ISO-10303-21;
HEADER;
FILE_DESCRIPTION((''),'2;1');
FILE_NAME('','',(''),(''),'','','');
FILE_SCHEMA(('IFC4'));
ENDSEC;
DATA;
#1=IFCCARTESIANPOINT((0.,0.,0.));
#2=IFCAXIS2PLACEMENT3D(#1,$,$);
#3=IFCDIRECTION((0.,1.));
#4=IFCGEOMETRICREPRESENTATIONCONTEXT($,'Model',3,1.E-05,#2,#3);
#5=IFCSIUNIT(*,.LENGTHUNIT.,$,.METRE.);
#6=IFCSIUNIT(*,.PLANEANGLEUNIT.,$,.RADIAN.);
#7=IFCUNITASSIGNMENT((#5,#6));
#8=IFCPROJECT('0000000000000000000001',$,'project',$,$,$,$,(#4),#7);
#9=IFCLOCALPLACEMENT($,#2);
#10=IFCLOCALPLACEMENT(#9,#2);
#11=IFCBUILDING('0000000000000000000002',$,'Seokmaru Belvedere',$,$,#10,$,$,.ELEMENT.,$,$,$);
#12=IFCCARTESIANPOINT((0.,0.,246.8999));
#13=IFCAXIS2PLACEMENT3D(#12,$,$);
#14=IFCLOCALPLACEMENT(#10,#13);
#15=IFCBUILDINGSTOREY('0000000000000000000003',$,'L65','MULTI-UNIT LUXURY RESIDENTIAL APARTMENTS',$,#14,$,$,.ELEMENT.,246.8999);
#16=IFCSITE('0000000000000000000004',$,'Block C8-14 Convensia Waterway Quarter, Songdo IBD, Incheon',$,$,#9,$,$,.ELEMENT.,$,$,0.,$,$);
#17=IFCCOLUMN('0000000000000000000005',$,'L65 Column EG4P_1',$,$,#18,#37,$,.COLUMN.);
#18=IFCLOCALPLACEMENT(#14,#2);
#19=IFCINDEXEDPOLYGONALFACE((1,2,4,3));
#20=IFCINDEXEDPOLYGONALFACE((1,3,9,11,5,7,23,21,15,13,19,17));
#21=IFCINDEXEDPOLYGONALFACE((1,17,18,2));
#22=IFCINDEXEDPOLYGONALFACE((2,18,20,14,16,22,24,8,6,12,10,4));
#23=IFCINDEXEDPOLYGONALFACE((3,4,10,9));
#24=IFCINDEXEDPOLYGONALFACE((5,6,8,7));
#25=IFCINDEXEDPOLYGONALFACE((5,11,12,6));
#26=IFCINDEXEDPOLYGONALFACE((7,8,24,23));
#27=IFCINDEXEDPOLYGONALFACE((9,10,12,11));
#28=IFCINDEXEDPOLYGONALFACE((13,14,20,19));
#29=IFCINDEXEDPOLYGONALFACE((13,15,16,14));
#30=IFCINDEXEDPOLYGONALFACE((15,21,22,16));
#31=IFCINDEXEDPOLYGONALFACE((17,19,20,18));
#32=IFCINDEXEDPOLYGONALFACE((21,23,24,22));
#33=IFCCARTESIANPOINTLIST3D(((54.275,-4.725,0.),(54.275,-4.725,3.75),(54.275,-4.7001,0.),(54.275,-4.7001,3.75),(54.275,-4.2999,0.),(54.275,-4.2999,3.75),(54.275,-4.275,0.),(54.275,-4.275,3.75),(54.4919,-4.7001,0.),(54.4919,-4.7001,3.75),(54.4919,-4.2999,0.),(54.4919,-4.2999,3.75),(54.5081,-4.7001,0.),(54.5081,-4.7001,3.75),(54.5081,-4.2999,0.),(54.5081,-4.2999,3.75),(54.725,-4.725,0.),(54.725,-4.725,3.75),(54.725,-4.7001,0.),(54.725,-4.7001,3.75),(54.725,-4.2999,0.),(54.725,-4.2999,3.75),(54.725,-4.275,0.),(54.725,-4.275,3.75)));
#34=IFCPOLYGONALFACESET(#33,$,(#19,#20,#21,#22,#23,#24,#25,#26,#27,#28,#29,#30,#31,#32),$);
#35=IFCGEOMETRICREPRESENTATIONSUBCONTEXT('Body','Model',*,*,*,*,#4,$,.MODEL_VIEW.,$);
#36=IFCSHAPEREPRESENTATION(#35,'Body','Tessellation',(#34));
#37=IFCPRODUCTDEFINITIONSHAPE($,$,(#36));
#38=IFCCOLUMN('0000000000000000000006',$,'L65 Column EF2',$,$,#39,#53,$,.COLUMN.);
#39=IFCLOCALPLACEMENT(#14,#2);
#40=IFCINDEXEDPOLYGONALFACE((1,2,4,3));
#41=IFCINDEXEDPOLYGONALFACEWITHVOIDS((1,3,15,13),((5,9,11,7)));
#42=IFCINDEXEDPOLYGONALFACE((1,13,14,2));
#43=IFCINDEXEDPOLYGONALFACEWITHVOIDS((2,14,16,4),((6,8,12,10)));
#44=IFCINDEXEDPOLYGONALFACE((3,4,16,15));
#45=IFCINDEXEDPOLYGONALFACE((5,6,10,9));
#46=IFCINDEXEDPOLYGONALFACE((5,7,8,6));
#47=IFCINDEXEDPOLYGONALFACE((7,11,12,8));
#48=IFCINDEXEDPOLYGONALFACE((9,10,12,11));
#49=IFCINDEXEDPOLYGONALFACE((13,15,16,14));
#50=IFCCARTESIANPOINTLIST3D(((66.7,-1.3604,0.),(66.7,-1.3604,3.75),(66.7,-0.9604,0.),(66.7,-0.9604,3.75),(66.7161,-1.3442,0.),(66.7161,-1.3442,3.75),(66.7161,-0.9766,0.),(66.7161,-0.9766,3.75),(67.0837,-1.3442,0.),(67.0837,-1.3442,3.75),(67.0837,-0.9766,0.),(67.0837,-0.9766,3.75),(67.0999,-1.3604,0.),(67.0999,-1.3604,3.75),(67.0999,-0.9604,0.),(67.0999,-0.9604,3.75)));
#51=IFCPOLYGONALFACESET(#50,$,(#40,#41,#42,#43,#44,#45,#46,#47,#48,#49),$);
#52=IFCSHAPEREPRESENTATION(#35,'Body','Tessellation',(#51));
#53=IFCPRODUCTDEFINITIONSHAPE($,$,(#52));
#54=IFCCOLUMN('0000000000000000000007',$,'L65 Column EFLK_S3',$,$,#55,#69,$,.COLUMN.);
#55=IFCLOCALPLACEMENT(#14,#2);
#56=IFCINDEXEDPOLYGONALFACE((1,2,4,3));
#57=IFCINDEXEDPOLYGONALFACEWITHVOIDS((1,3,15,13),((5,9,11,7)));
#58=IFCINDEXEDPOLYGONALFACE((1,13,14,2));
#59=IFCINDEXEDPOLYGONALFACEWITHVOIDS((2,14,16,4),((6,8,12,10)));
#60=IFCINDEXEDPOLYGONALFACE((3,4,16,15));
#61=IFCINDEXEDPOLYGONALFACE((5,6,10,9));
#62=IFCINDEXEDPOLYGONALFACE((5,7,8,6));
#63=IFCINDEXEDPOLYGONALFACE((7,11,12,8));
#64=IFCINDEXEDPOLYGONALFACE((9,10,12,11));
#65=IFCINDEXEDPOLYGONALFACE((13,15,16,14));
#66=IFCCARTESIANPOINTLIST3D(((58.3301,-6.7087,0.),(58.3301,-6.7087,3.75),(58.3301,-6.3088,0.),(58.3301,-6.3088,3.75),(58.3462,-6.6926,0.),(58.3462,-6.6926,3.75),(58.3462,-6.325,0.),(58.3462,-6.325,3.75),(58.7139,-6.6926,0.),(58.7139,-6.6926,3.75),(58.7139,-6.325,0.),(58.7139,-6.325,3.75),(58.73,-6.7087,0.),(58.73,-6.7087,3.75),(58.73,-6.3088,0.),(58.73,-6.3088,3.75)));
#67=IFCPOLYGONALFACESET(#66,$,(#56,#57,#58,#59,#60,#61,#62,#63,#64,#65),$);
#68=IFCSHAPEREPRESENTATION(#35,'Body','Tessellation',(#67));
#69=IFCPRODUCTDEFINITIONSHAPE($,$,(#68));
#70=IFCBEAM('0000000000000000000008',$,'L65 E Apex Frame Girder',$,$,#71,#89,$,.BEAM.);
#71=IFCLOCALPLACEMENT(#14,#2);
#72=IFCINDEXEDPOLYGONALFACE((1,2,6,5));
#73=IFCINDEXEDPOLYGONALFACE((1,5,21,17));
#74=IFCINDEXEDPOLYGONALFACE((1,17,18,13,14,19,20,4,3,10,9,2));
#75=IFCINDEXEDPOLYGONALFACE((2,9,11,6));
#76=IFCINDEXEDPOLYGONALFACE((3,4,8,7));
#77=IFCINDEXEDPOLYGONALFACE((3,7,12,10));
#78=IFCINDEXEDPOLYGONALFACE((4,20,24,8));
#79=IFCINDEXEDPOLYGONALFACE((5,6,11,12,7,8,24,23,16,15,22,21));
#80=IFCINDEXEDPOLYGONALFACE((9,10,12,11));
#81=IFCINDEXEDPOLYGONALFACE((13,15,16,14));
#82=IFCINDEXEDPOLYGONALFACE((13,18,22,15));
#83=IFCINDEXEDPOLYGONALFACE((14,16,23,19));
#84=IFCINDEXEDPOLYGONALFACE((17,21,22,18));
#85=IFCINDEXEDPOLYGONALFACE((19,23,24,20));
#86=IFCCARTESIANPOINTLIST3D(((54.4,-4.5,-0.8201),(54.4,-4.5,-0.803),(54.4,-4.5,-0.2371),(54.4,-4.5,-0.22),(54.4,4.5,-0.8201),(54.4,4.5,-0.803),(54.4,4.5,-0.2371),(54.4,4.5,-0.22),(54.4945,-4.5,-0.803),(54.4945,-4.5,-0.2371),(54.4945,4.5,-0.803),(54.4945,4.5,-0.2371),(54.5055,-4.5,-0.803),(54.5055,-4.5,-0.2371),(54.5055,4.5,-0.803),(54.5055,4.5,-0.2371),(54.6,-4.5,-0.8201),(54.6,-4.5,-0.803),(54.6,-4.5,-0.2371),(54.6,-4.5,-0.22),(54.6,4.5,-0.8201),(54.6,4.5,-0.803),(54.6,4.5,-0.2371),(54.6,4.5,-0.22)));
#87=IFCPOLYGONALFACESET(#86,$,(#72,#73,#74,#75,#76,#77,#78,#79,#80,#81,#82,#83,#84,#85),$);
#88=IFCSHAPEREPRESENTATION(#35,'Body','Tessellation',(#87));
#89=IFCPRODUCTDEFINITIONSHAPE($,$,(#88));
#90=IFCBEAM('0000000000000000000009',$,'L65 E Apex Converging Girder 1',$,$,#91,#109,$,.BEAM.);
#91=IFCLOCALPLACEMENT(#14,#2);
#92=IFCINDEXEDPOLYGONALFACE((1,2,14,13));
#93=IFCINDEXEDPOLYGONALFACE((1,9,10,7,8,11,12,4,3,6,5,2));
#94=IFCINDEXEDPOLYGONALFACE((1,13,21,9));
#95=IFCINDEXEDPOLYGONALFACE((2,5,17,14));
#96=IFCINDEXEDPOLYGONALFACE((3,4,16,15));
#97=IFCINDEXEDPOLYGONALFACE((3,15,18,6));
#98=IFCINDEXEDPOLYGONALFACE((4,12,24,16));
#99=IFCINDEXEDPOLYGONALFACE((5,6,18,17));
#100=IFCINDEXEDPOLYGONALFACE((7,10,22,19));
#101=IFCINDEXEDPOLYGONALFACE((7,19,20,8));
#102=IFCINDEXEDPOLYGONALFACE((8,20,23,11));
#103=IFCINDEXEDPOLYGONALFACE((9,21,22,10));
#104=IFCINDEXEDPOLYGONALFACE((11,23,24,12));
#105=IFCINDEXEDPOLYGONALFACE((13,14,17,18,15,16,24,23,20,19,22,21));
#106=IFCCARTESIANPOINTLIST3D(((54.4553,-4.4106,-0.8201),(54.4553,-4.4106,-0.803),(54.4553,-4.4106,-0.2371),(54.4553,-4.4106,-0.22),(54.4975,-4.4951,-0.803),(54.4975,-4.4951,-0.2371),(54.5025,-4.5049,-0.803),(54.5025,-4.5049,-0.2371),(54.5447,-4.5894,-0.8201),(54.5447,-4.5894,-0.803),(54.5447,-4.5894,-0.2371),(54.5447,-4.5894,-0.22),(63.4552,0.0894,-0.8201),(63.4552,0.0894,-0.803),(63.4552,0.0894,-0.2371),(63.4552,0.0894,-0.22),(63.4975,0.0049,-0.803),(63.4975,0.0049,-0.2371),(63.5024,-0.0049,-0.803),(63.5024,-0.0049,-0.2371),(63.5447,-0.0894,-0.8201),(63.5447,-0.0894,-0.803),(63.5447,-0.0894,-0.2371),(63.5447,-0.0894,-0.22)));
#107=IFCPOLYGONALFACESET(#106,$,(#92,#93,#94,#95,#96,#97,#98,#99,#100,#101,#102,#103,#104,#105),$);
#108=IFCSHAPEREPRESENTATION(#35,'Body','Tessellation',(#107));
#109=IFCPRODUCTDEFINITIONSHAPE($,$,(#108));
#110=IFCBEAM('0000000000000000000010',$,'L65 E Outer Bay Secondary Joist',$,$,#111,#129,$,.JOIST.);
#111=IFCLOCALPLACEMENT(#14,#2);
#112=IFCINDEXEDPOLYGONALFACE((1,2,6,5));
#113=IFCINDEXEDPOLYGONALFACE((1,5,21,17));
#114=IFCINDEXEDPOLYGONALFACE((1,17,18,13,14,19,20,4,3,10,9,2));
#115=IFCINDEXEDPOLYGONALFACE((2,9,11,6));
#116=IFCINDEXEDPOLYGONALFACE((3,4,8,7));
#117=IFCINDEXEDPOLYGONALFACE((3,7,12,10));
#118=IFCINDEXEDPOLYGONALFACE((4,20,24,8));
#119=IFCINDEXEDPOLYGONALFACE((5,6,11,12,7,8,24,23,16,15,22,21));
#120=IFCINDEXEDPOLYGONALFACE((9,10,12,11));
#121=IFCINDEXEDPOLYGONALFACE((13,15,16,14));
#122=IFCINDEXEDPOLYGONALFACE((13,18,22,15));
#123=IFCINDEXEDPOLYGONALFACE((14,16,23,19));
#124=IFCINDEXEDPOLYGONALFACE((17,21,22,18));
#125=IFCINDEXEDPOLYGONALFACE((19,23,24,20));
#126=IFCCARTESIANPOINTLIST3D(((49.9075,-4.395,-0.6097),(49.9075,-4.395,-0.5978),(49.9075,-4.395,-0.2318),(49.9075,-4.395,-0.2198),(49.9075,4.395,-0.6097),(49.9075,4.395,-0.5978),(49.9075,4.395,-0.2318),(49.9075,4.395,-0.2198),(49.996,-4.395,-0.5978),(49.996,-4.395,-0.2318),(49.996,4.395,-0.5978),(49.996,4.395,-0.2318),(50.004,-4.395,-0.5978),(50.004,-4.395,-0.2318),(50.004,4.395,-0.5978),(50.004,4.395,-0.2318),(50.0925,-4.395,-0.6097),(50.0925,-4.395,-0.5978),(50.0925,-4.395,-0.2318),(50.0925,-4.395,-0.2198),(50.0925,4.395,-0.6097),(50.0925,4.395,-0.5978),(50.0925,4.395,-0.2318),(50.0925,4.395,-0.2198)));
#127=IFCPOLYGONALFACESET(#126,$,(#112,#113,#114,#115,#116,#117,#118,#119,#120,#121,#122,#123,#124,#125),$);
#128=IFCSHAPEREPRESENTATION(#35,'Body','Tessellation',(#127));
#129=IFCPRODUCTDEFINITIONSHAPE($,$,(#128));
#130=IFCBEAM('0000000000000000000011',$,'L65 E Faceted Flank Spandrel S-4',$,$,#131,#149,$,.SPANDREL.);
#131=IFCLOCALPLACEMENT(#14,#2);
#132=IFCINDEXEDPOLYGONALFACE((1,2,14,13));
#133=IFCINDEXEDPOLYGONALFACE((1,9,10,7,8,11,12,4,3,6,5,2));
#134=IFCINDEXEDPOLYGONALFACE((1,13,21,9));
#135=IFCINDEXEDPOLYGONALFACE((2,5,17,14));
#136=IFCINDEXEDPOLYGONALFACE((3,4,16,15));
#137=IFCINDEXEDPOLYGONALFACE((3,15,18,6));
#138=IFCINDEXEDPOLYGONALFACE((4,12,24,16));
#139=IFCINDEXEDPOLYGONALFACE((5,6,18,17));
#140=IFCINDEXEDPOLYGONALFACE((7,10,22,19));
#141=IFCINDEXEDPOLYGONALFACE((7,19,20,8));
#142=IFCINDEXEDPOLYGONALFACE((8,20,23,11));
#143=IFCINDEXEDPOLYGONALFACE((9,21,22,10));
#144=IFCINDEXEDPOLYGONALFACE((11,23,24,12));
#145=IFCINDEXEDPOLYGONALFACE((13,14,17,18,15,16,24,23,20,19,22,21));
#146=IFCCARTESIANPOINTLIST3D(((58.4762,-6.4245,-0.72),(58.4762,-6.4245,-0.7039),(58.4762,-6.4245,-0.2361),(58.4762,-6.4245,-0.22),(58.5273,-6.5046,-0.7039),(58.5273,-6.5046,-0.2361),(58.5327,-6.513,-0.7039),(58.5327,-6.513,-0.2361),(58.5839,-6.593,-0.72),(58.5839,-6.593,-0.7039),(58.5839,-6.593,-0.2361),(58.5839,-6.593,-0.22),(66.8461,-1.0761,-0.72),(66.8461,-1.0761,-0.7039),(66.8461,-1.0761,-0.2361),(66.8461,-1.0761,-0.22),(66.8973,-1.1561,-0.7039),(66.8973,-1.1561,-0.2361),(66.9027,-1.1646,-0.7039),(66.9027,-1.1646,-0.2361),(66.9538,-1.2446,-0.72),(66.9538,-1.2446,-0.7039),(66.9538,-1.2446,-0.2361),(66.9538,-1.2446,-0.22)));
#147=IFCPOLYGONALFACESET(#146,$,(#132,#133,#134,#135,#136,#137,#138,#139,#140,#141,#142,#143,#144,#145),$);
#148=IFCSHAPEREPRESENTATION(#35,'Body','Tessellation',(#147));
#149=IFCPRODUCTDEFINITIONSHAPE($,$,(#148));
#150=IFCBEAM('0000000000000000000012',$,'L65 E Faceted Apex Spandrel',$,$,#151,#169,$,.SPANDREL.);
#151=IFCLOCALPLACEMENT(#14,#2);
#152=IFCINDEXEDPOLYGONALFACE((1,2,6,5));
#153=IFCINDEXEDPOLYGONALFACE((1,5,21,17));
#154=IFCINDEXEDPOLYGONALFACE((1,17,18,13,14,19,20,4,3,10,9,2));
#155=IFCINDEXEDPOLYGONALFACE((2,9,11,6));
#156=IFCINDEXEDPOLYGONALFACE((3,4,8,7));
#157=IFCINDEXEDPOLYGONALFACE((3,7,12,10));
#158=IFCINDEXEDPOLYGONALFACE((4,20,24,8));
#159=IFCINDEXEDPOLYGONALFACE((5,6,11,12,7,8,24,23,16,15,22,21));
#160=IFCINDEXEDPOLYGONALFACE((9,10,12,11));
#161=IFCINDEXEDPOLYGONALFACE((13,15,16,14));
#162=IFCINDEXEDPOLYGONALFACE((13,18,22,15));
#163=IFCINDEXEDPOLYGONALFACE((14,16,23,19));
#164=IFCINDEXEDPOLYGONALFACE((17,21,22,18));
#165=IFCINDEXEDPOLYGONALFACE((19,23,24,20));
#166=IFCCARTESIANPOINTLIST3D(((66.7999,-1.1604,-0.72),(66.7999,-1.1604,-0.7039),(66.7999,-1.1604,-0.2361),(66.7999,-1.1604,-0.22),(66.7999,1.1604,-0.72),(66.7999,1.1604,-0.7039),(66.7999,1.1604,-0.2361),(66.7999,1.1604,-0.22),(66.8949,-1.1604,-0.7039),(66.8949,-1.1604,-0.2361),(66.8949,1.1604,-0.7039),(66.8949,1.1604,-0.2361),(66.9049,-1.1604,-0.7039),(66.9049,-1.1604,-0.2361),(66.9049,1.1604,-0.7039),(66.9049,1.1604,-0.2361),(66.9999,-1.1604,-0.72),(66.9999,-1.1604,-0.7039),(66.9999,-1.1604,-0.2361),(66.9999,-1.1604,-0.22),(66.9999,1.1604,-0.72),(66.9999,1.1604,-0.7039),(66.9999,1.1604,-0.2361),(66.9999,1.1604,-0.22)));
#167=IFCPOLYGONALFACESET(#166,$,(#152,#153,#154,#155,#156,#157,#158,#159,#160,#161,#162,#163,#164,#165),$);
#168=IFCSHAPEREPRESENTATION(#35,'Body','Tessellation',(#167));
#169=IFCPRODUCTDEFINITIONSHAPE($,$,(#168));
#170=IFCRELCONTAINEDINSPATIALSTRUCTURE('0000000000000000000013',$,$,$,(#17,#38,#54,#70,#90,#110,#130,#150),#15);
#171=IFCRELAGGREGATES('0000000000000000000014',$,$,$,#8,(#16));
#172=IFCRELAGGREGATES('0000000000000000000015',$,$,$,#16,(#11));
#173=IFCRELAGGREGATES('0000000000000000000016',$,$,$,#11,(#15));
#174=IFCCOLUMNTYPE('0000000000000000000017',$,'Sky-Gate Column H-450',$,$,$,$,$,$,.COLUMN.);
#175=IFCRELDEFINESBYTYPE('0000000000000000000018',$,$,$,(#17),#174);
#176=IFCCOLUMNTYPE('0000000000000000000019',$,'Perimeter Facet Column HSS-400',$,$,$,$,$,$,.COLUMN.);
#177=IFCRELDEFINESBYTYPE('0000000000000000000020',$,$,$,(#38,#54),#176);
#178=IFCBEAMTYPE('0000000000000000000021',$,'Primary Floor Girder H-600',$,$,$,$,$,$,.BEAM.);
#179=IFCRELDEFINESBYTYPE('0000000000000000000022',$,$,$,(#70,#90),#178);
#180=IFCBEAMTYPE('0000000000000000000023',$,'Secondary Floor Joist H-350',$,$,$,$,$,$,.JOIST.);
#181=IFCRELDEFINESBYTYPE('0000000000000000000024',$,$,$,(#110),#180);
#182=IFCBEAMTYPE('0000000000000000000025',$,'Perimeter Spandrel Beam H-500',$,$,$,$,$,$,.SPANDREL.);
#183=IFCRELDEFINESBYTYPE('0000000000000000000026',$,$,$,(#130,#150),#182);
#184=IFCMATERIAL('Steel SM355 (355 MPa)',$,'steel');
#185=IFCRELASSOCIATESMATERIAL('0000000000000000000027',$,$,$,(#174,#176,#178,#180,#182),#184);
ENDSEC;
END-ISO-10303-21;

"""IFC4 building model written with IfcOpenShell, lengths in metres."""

from ifc_helpers import new_model, si_unit, direction, frame, origin, origin_2d, place, context, subcontext, project, spatial, hollow_rectangle, i_section, extrude, source, transform, mapped, material, material_profile, profile_set, type_object, type_shapes, element, save


model = new_model("IFC4")

# Units and contexts
model_context = context("Model", 3, precision=1e-05, world=origin(), true_north=direction((0.0, 1.0)))
body_context = subcontext(model_context, "Body", "Model", "MODEL_VIEW")
ifc_project = project(units=[si_unit("LENGTHUNIT", "METRE"), si_unit("PLANEANGLEUNIT", "RADIAN")], contexts=[model_context])

# Site, building, storey
site_placement = place(None, origin())
site = spatial("IfcSite", under=ifc_project, at=site_placement, Name="Block C8-14 Convensia Waterway Quarter, Songdo IBD, Incheon", CompositionType="ELEMENT", RefElevation=0.0)
building_placement = place(site_placement, origin())
building = spatial("IfcBuilding", under=site, at=building_placement, Name="Seokmaru Belvedere", CompositionType="ELEMENT")
storey_placement = place(building_placement, frame((0.0, 0.0, 246.8999)))
storey = spatial("IfcBuildingStorey", under=building, at=storey_placement, Name="L65", Description="MULTI-UNIT LUXURY RESIDENTIAL APARTMENTS", CompositionType="ELEMENT", Elevation=246.8999)

# Columns
ifc_material_1 = material(Name="Steel SM355 (355 MPa)", Category="steel")
ifc_material_profile_1 = material_profile(ifc_material_1, i_section(OverallWidth=0.45, OverallDepth=0.45, WebThickness=0.0161, FlangeThickness=0.0249, at=origin_2d()), Name="H-450x450x16x25")
ifc_profile_set_1 = profile_set([ifc_material_profile_1], Name="Steel SM355 (355 MPa)")
column_type_1 = type_object("IfcColumnType", Name="Sky-Gate Column H-450", PredefinedType="COLUMN", material=ifc_profile_set_1)
shared_shape_1 = source(origin(), body_context, "Body", "SweptSolid", [
    extrude(i_section(OverallWidth=0.45, OverallDepth=0.45, WebThickness=0.0161, FlangeThickness=0.0249, at=origin_2d()), origin(), (0.0, 0.0, 1.0), 3.75),
])
type_shapes(column_type_1, [shared_shape_1])
column_placement = place(storey_placement, frame((54.5, -4.5, 0.0), z_axis=(0.0, 0.0, 1.0), x_axis=(1.0, 0.0, 0.0)))
element("IfcColumn", 1, at=column_placement, inside=storey, type_object=column_type_1, Name="L65 Column EG4P_1", PredefinedType="COLUMN", context=body_context, shape_type="MappedRepresentation", body=[
    mapped(shared_shape_1, transform((0.0, 0.0, 0.0), scale=1.0)),
])
ifc_material_profile_2 = material_profile(ifc_material_1, hollow_rectangle(XDim=0.3999, YDim=0.3999, WallThickness=0.0161, at=origin_2d()), Name="HSS-400x400x16")
ifc_profile_set_2 = profile_set([ifc_material_profile_2], Name="Steel SM355 (355 MPa)")
column_type_2 = type_object("IfcColumnType", Name="Perimeter Facet Column HSS-400", PredefinedType="COLUMN", material=ifc_profile_set_2)
shared_shape_2 = source(origin(), body_context, "Body", "SweptSolid", [
    extrude(hollow_rectangle(XDim=0.3999, YDim=0.3999, WallThickness=0.0161, at=origin_2d()), origin(), (0.0, 0.0, 1.0), 3.75),
])
type_shapes(column_type_2, [shared_shape_2])
for number, where, z_axis, x_axis, name in (
    (2, (66.8999, -1.1604, 0.0), (0.0, 0.0, 1.0), (1.0, 0.0, 0.0), "L65 Column EF2"),
    (3, (58.53, -6.5088, 0.0), (0.0, 0.0, 1.0), (1.0, 0.0, 0.0), "L65 Column EFLK_S3"),
):
    element("IfcColumn", number, at=place(storey_placement, frame(where, z_axis=z_axis, x_axis=x_axis)), inside=storey, type_object=column_type_2, Name=name, PredefinedType="COLUMN", context=body_context, shape_type="MappedRepresentation", body=[
        mapped(shared_shape_2, transform((0.0, 0.0, 0.0), scale=1.0)),
    ])

# Beams
ifc_material_profile_3 = material_profile(ifc_material_1, i_section(OverallWidth=0.2, OverallDepth=0.6001, WebThickness=0.011, FlangeThickness=0.0171, at=origin_2d()), Name="H-600x200x11x17")
ifc_profile_set_3 = profile_set([ifc_material_profile_3], Name="Steel SM355 (355 MPa)")
beam_type_1 = type_object("IfcBeamType", Name="Primary Floor Girder H-600", PredefinedType="BEAM", material=ifc_profile_set_3)
shared_shape_3 = source(origin(), body_context, "Body", "SweptSolid", [
    extrude(i_section(OverallWidth=0.2, OverallDepth=0.6001, WebThickness=0.011, FlangeThickness=0.0171, at=origin_2d()), origin(), (0.0, 0.0, 1.0), 9.0),
])
beam_1_placement = place(storey_placement, frame((54.5, -4.5, -0.52), z_axis=(0.0, 1.0, 0.0), x_axis=(-1.0, 0.0, 0.0)))
element("IfcBeam", 4, at=beam_1_placement, inside=storey, type_object=beam_type_1, Name="L65 E Apex Frame Girder", PredefinedType="BEAM", context=body_context, shape_type="MappedRepresentation", body=[
    mapped(shared_shape_3, transform((0.0, 0.0, 0.0), scale=1.0)),
])
shared_shape_4 = source(origin(), body_context, "Body", "SweptSolid", [
    extrude(i_section(OverallWidth=0.2, OverallDepth=0.6001, WebThickness=0.011, FlangeThickness=0.0171, at=origin_2d()), origin(), (0.0, 0.0, 1.0), 10.0623),
])
beam_2_placement = place(storey_placement, frame((54.5, -4.5, -0.52), z_axis=(0.894427, 0.447214, 0.0), x_axis=(-0.447214, 0.894427, 0.0)))
element("IfcBeam", 5, at=beam_2_placement, inside=storey, type_object=beam_type_1, Name="L65 E Apex Converging Girder 1", PredefinedType="BEAM", context=body_context, shape_type="MappedRepresentation", body=[
    mapped(shared_shape_4, transform((0.0, 0.0, 0.0), scale=1.0)),
])
ifc_material_profile_4 = material_profile(ifc_material_1, i_section(OverallWidth=0.1851, OverallDepth=0.3899, WebThickness=0.0081, FlangeThickness=0.012, at=origin_2d()), Name="H-390x185x8x12")
ifc_profile_set_4 = profile_set([ifc_material_profile_4], Name="Steel SM355 (355 MPa)")
beam_type_2 = type_object("IfcBeamType", Name="Secondary Floor Joist H-350", PredefinedType="JOIST", material=ifc_profile_set_4)
shared_shape_5 = source(origin(), body_context, "Body", "SweptSolid", [
    extrude(i_section(OverallWidth=0.1851, OverallDepth=0.3899, WebThickness=0.0081, FlangeThickness=0.012, at=origin_2d()), origin(), (0.0, 0.0, 1.0), 8.79),
])
type_shapes(beam_type_2, [shared_shape_5])
beam_3_placement = place(storey_placement, frame((50.0, -4.395, -0.4148), z_axis=(0.0, 1.0, 0.0), x_axis=(-1.0, 0.0, 0.0)))
element("IfcBeam", 6, at=beam_3_placement, inside=storey, type_object=beam_type_2, Name="L65 E Outer Bay Secondary Joist", PredefinedType="JOIST", context=body_context, shape_type="MappedRepresentation", body=[
    mapped(shared_shape_5, transform((0.0, 0.0, 0.0), scale=1.0)),
])
ifc_material_profile_5 = material_profile(ifc_material_1, i_section(OverallWidth=0.2, OverallDepth=0.5, WebThickness=0.01, FlangeThickness=0.0161, at=origin_2d()), Name="H-500x200x10x16")
ifc_profile_set_5 = profile_set([ifc_material_profile_5], Name="Steel SM355 (355 MPa)")
beam_type_3 = type_object("IfcBeamType", Name="Perimeter Spandrel Beam H-500", PredefinedType="SPANDREL", material=ifc_profile_set_5)
shared_shape_6 = source(origin(), body_context, "Body", "SweptSolid", [
    extrude(i_section(OverallWidth=0.2, OverallDepth=0.5, WebThickness=0.01, FlangeThickness=0.0161, at=origin_2d()), origin(), (0.0, 0.0, 1.0), 9.9329),
])
beam_4_placement = place(storey_placement, frame((58.53, -6.5088, -0.47), z_axis=(0.842652, 0.538459, 0.0), x_axis=(-0.538459, 0.842652, 0.0)))
element("IfcBeam", 7, at=beam_4_placement, inside=storey, type_object=beam_type_3, Name="L65 E Faceted Flank Spandrel S-4", PredefinedType="SPANDREL", context=body_context, shape_type="MappedRepresentation", body=[
    mapped(shared_shape_6, transform((0.0, 0.0, 0.0), scale=1.0)),
])
shared_shape_7 = source(origin(), body_context, "Body", "SweptSolid", [
    extrude(i_section(OverallWidth=0.2, OverallDepth=0.5, WebThickness=0.01, FlangeThickness=0.0161, at=origin_2d()), origin(), (0.0, 0.0, 1.0), 2.3208),
])
type_shapes(beam_type_3, [shared_shape_6, shared_shape_7])
beam_5_placement = place(storey_placement, frame((66.8999, -1.1604, -0.47), z_axis=(0.0, 1.0, 0.0), x_axis=(-1.0, 0.0, 0.0)))
element("IfcBeam", 8, at=beam_5_placement, inside=storey, type_object=beam_type_3, Name="L65 E Faceted Apex Spandrel", PredefinedType="SPANDREL", context=body_context, shape_type="MappedRepresentation", body=[
    mapped(shared_shape_7, transform((0.0, 0.0, 0.0), scale=1.0)),
])

save(model, "model.ifc")
